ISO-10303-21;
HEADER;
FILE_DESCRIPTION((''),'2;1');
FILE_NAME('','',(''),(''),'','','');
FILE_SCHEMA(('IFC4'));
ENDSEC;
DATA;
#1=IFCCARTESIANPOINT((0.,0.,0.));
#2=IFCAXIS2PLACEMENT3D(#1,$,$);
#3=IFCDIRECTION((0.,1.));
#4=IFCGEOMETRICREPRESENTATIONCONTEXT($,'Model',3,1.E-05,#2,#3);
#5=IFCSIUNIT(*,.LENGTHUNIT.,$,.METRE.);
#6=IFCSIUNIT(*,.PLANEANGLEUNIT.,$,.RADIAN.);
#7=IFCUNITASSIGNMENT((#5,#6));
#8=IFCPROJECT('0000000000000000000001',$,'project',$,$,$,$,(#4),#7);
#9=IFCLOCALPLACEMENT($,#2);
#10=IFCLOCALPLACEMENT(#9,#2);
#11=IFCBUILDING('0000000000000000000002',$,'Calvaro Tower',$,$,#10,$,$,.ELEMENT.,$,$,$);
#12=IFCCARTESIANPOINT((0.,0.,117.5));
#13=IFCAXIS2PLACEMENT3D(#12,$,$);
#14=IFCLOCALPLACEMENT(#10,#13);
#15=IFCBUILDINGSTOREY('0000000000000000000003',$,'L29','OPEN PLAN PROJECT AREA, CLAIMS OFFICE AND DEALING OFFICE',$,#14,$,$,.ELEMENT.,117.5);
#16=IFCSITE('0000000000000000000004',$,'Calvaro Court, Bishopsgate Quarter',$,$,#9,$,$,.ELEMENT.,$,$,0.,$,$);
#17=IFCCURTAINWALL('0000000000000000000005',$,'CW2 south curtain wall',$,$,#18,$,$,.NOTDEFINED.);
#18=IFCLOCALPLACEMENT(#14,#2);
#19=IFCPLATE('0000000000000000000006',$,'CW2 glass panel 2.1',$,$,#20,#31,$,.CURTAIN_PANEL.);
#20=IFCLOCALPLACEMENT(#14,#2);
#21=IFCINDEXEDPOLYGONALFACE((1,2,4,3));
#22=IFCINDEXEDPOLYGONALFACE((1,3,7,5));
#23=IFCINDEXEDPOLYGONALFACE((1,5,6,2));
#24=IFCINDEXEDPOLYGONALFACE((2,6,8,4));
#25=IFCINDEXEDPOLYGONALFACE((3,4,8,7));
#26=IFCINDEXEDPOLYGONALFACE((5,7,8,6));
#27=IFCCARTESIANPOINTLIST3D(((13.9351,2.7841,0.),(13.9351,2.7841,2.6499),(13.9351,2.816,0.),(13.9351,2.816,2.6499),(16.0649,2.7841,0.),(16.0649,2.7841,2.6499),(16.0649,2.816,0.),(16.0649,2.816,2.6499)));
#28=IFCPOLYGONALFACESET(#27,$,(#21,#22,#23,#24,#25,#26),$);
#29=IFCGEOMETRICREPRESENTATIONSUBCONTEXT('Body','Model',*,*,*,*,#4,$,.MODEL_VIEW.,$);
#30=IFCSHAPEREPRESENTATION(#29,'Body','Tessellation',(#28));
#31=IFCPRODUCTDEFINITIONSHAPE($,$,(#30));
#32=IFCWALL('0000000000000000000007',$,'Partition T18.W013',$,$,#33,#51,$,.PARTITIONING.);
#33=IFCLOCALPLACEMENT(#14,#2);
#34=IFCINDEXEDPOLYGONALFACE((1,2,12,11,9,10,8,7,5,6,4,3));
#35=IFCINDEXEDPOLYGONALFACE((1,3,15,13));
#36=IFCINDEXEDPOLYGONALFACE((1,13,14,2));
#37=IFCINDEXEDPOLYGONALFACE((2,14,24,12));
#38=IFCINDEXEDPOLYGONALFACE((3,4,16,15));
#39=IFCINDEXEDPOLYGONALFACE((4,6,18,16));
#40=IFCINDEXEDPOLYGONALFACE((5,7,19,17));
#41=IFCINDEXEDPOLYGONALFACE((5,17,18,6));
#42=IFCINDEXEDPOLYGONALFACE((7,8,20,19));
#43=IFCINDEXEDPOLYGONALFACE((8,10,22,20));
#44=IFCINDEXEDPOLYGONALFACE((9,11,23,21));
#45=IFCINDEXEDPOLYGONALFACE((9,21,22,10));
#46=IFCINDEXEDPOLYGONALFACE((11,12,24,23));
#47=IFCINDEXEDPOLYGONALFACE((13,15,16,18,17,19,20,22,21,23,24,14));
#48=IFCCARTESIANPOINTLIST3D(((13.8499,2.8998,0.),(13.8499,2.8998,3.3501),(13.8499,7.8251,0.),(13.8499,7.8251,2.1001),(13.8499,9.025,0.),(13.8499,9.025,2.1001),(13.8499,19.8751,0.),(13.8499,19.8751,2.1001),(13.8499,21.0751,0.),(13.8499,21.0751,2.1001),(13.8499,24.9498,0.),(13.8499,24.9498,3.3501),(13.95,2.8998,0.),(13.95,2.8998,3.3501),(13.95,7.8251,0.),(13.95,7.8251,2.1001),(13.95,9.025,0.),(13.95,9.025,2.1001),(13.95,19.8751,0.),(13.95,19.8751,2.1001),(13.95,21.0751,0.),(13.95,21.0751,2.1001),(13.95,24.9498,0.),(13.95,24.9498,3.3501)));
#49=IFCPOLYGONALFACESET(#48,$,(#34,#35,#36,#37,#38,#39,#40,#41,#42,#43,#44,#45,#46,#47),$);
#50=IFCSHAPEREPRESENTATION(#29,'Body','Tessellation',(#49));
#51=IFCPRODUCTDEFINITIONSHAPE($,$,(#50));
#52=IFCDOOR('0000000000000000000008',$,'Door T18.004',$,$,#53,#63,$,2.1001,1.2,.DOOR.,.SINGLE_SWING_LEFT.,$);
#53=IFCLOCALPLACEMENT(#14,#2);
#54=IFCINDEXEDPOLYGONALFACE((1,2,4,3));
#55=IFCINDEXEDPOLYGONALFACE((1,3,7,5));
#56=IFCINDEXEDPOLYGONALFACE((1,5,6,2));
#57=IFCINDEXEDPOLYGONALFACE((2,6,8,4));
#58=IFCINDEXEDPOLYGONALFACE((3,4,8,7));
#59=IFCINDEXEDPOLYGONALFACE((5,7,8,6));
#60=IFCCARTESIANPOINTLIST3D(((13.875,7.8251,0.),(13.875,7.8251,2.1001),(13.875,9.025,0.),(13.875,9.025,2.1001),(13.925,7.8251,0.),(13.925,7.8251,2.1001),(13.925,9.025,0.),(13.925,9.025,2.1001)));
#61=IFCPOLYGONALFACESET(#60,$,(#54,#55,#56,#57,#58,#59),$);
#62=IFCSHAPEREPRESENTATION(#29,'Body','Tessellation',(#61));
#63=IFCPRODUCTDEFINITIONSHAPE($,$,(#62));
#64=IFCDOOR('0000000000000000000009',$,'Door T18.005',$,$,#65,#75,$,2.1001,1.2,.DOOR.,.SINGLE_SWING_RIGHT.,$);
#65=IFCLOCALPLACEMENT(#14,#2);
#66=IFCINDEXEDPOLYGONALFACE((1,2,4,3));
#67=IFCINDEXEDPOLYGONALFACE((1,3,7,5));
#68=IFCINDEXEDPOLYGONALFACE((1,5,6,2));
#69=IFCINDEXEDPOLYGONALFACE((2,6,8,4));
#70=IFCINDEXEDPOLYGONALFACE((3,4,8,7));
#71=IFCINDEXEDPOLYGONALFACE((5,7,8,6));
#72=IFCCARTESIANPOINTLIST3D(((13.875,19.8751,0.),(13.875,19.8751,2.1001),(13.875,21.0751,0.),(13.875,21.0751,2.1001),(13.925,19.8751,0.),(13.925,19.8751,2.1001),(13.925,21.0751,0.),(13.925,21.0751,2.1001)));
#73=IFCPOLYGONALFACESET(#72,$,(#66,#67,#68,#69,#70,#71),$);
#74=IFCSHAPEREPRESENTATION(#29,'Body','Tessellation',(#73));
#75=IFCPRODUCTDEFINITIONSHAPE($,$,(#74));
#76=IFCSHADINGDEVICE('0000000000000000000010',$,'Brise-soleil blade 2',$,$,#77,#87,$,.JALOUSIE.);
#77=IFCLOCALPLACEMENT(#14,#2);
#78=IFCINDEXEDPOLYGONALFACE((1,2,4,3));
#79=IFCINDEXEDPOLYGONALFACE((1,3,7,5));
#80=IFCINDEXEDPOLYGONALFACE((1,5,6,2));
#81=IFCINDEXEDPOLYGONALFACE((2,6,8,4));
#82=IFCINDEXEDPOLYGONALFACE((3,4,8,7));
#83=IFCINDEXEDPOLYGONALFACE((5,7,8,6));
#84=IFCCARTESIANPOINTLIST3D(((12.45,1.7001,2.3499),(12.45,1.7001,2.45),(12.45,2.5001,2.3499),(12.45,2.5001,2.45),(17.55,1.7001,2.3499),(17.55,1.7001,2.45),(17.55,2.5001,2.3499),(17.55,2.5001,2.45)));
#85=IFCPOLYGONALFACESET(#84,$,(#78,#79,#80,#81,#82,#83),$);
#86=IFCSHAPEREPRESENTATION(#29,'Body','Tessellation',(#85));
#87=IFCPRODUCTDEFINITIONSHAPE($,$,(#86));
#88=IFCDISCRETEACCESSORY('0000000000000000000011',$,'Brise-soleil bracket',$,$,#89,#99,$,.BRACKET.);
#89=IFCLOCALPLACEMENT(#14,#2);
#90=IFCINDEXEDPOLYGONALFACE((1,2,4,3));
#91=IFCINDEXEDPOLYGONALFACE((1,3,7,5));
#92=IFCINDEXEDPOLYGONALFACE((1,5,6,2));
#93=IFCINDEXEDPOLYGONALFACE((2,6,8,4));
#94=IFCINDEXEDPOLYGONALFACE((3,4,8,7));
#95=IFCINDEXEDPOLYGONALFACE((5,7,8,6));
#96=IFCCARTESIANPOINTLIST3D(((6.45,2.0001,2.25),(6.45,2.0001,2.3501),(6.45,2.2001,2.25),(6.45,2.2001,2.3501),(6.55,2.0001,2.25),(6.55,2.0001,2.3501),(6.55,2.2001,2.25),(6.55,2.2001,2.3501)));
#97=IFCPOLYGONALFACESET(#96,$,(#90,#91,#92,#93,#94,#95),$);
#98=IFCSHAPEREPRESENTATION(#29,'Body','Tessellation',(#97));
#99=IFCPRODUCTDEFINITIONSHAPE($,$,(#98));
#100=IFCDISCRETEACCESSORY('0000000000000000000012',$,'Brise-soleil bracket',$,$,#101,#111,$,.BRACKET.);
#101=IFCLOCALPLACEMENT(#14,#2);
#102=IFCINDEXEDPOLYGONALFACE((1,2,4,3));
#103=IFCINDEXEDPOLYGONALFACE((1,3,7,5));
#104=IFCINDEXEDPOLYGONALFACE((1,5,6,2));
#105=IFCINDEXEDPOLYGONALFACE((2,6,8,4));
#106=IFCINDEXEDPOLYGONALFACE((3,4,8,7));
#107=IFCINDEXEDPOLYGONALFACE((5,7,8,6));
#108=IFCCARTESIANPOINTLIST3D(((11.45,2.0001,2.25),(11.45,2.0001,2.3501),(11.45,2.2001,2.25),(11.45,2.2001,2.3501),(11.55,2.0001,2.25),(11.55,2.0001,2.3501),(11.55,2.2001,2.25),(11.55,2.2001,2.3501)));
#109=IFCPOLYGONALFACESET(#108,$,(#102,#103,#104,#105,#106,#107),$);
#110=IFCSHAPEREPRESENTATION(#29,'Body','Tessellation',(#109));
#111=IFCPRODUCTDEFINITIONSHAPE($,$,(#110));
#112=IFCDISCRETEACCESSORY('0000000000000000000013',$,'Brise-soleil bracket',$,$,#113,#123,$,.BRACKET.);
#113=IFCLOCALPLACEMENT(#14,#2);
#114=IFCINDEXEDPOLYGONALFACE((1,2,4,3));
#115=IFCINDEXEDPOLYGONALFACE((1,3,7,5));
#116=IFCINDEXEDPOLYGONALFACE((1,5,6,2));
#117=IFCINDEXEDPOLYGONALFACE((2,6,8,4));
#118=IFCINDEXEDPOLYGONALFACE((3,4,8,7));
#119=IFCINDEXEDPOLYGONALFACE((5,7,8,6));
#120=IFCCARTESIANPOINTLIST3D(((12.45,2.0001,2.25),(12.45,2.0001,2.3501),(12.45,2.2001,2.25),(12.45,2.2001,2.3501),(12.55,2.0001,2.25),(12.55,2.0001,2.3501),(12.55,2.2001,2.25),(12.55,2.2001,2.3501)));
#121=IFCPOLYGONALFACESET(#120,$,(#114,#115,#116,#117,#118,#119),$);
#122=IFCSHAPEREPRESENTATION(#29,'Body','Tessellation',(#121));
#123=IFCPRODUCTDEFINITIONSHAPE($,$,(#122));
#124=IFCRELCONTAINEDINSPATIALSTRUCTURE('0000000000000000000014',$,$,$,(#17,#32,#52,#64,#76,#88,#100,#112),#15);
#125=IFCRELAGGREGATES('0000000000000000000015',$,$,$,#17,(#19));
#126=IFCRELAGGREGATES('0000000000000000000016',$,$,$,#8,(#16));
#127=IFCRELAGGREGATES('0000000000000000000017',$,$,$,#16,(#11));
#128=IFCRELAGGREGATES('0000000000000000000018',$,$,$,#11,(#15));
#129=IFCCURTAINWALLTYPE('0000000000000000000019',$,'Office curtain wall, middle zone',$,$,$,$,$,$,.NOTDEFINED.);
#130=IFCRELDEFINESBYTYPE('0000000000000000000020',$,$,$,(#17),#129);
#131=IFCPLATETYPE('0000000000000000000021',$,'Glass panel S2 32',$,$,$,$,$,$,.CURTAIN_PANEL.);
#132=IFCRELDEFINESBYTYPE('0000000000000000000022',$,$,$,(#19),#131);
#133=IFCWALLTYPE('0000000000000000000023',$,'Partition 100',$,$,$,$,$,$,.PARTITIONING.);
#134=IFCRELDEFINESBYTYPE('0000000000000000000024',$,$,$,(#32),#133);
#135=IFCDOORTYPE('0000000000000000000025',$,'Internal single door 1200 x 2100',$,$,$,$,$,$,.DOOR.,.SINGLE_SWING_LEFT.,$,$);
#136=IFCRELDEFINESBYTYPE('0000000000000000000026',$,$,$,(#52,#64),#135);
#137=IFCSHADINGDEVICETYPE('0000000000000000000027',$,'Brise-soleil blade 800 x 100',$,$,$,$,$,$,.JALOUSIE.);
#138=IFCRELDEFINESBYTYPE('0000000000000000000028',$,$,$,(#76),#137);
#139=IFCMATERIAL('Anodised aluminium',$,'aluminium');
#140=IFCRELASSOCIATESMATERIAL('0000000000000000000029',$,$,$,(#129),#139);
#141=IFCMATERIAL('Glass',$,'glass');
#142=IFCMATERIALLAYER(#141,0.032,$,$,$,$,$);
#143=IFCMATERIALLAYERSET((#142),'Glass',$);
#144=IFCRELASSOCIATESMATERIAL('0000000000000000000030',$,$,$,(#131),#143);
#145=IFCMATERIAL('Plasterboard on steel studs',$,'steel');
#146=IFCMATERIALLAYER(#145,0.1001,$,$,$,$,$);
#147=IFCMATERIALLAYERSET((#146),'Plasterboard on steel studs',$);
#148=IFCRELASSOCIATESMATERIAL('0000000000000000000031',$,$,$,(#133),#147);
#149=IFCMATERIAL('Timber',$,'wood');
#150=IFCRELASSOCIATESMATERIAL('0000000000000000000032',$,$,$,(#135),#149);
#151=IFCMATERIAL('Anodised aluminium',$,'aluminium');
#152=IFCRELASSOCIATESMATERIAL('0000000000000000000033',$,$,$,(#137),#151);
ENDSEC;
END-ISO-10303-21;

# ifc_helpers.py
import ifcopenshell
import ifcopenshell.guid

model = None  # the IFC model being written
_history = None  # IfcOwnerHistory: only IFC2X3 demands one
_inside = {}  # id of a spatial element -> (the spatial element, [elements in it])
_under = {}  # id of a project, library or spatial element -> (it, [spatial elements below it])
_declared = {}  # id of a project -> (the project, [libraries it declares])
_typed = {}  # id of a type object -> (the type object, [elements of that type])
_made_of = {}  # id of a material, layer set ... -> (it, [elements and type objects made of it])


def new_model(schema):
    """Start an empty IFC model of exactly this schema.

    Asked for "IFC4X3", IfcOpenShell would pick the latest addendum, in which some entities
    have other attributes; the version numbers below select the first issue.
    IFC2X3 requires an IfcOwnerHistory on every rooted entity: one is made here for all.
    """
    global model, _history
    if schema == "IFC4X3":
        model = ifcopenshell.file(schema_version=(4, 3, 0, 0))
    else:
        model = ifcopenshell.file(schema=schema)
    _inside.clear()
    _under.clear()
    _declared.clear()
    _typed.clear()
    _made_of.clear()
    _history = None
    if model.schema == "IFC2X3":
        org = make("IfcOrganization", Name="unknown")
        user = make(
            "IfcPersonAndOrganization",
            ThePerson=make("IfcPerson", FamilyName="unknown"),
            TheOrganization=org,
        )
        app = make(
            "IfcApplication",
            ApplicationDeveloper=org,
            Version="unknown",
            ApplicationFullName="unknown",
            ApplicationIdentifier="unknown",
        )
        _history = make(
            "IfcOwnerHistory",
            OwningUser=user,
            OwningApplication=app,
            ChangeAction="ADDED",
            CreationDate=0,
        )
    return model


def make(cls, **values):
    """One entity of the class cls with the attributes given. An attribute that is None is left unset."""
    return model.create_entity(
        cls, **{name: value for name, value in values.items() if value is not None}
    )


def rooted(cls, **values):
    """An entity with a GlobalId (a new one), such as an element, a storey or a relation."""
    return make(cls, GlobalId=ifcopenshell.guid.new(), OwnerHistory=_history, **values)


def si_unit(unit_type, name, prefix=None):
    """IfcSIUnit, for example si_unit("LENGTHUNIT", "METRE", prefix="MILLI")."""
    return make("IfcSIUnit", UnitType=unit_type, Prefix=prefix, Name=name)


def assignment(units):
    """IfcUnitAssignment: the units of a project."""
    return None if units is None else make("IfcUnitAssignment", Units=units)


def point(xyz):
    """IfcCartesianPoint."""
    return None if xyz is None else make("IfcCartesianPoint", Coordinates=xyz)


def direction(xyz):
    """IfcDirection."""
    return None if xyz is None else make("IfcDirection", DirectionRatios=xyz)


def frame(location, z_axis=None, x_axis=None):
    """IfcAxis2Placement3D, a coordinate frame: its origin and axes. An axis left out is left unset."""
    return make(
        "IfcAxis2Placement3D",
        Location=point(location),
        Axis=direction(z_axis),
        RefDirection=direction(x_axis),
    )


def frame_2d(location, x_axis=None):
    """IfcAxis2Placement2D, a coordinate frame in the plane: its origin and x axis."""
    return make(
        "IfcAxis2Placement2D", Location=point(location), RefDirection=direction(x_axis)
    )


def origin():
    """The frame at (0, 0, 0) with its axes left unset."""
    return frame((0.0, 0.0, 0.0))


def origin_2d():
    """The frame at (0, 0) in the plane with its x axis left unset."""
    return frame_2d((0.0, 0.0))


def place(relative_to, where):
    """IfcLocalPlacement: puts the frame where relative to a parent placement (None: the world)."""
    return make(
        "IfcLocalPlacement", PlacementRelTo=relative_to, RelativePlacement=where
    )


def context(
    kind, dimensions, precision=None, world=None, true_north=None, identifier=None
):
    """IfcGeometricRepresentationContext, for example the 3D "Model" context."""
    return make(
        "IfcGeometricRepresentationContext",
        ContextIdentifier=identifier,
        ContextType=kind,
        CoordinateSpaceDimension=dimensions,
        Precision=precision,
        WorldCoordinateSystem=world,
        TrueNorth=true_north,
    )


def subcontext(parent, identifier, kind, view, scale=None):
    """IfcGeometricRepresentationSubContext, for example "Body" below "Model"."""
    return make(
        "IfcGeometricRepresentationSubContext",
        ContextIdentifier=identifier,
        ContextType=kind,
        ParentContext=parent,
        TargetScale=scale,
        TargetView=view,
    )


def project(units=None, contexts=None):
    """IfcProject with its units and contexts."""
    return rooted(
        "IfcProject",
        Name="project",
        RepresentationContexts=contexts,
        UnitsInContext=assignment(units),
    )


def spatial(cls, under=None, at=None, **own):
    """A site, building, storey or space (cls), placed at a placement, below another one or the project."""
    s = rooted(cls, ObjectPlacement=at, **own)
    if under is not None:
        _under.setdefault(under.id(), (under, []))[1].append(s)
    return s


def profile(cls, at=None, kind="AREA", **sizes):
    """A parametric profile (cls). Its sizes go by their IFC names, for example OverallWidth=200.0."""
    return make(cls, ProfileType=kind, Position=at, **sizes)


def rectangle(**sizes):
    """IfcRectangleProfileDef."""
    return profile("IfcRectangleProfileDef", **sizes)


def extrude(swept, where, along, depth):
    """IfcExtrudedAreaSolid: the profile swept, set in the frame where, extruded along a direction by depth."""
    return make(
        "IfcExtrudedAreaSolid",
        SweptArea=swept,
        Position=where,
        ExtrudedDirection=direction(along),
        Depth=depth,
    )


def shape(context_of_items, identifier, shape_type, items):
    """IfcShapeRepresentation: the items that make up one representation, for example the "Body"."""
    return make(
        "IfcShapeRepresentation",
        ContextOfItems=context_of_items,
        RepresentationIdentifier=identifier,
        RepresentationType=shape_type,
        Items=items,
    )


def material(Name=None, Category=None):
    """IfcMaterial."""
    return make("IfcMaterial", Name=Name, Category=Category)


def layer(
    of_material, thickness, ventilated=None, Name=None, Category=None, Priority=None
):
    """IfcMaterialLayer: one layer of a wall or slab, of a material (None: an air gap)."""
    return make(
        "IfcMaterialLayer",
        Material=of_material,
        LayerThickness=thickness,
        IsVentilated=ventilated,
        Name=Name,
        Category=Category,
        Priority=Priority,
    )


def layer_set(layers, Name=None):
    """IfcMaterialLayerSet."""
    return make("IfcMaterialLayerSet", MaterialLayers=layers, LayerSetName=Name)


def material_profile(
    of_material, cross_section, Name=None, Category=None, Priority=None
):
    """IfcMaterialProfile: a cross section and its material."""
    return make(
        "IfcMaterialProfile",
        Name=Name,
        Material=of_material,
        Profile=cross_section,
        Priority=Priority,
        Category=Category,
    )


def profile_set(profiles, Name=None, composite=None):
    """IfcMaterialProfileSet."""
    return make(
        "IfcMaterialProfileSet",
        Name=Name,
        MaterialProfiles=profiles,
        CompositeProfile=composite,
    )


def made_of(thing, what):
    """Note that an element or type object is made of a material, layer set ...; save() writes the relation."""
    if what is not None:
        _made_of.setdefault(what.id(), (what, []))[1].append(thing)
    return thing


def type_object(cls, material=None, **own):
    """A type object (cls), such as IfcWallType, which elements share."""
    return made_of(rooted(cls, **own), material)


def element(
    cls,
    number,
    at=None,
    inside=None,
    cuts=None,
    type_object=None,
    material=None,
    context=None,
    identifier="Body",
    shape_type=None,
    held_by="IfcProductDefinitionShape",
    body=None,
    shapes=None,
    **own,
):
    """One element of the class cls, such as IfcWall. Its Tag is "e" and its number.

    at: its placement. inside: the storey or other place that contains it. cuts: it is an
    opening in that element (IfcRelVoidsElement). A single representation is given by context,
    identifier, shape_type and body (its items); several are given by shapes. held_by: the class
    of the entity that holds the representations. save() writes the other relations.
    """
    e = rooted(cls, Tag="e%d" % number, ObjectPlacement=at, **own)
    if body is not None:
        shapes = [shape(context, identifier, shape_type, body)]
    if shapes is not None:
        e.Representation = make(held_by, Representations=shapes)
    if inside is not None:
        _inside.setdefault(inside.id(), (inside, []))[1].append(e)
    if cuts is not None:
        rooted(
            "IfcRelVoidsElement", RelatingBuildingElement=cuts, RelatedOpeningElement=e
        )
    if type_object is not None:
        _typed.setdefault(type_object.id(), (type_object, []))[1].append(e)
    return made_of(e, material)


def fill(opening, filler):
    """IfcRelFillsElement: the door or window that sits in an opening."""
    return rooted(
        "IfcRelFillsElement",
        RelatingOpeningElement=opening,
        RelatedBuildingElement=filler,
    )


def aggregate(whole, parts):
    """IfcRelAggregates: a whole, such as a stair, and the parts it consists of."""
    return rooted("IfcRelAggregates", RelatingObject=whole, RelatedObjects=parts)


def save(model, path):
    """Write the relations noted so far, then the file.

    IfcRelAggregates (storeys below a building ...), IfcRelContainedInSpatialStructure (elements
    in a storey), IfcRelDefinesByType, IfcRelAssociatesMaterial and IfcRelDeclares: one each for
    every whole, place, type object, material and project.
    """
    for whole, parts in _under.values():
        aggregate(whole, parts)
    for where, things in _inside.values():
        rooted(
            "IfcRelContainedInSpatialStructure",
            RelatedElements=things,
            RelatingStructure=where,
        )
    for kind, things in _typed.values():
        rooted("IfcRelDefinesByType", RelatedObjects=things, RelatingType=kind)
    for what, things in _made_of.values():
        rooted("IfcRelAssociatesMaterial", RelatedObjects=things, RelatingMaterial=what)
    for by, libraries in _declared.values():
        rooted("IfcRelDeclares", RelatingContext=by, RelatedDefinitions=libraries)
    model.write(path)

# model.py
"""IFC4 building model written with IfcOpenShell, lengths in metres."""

from ifc_helpers import new_model, si_unit, direction, frame, frame_2d, origin, origin_2d, place, context, subcontext, project, spatial, rectangle, extrude, material, layer, layer_set, material_profile, profile_set, type_object, element, fill, aggregate, save


model = new_model("IFC4")

# Units and contexts
model_context = context("Model", 3, precision=1e-05, world=origin(), true_north=direction((0.0, 1.0)))
body_context = subcontext(model_context, "Body", "Model", "MODEL_VIEW")
ifc_project = project(units=[si_unit("LENGTHUNIT", "METRE"), si_unit("PLANEANGLEUNIT", "RADIAN")], contexts=[model_context])

# Site, building, storey
site_placement = place(None, origin())
site = spatial("IfcSite", under=ifc_project, at=site_placement, Name="Calvaro Court, Bishopsgate Quarter", CompositionType="ELEMENT", RefElevation=0.0)
building_placement = place(site_placement, origin())
building = spatial("IfcBuilding", under=site, at=building_placement, Name="Calvaro Tower", CompositionType="ELEMENT")
storey_placement = place(building_placement, frame((0.0, 0.0, 117.5)))
storey = spatial("IfcBuildingStorey", under=building, at=storey_placement, Name="L29", Description="OPEN PLAN PROJECT AREA, CLAIMS OFFICE AND DEALING OFFICE", CompositionType="ELEMENT", Elevation=117.5)

# Curtain wall
ifc_material_1 = material(Name="Anodised aluminium", Category="aluminium")
curtain_wall_type = type_object("IfcCurtainWallType", Name="Office curtain wall, middle zone", PredefinedType="NOTDEFINED", material=ifc_material_1)
curtain_wall_1_placement = place(storey_placement, origin())
curtain_wall_1 = element("IfcCurtainWall", 1, at=curtain_wall_1_placement, inside=storey, type_object=curtain_wall_type, Name="CW2 south curtain wall", PredefinedType="NOTDEFINED")

# Plate
ifc_material_2 = material(Name="Glass", Category="glass")
ifc_layer_1 = layer(ifc_material_2, 0.032)
ifc_layer_set_1 = layer_set([ifc_layer_1], Name="Glass")
plate_type = type_object("IfcPlateType", Name="Glass panel S2 32", PredefinedType="CURTAIN_PANEL", material=ifc_layer_set_1)
plate_1_placement = place(storey_placement, frame((15.0, 2.8, 0.0), z_axis=(0.0, 0.0, 1.0), x_axis=(1.0, 0.0, 0.0)))
plate_1 = element("IfcPlate", 2, at=plate_1_placement, type_object=plate_type, Name="CW2 glass panel 2.1", PredefinedType="CURTAIN_PANEL", context=body_context, shape_type="SweptSolid", body=[
    extrude(rectangle(XDim=2.1299, YDim=0.032, at=origin_2d()), origin(), (0.0, 0.0, 1.0), 2.6499),
])
aggregate(curtain_wall_1, [plate_1])

# Wall, openings, doors
ifc_material_3 = material(Name="Plasterboard on steel studs", Category="steel")
ifc_layer_2 = layer(ifc_material_3, 0.1001)
ifc_layer_set_2 = layer_set([ifc_layer_2], Name="Plasterboard on steel studs")
wall_type = type_object("IfcWallType", Name="Partition 100", PredefinedType="PARTITIONING", material=ifc_layer_set_2)
wall_placement = place(storey_placement, frame((13.8999, 2.8999, 0.0), z_axis=(0.0, 0.0, 1.0), x_axis=(0.0, 1.0, 0.0)))
wall = element("IfcWall", 3, at=wall_placement, inside=storey, type_object=wall_type, Name="Partition T18.W013", PredefinedType="PARTITIONING", context=body_context, shape_type="SweptSolid", body=[
    extrude(rectangle(XDim=22.05, YDim=0.1001, at=frame_2d((11.0249, 0.0))), origin(), (0.0, 0.0, 1.0), 3.3501),
])
opening_1_placement = place(wall_placement, frame((4.925, 0.0, 0.0)))
opening_1 = element("IfcOpeningElement", 4, at=opening_1_placement, cuts=wall, PredefinedType="OPENING", context=body_context, shape_type="SweptSolid", body=[
    extrude(rectangle(XDim=1.2, YDim=2.1001, at=frame_2d((0.6001, 1.05))), frame((0.0, 0.0601, 0.0), z_axis=(0.0, -1.0, 0.0), x_axis=(1.0, 0.0, 0.0)), (0.0, 0.0, 1.0), 0.1201),
])
opening_2_placement = place(wall_placement, frame((16.9751, 0.0, 0.0)))
opening_2 = element("IfcOpeningElement", 5, at=opening_2_placement, cuts=wall, PredefinedType="OPENING", context=body_context, shape_type="SweptSolid", body=[
    extrude(rectangle(XDim=1.2, YDim=2.1001, at=frame_2d((0.6001, 1.05))), frame((0.0, 0.0601, 0.0), z_axis=(0.0, -1.0, 0.0), x_axis=(1.0, 0.0, 0.0)), (0.0, 0.0, 1.0), 0.1201),
])
ifc_material_4 = material(Name="Timber", Category="wood")
door_type = type_object("IfcDoorType", Name="Internal single door 1200 x 2100", OperationType="SINGLE_SWING_LEFT", PredefinedType="DOOR", material=ifc_material_4)
door_1_placement = place(opening_1_placement, origin())
door_1 = element("IfcDoor", 6, at=door_1_placement, inside=storey, type_object=door_type, Name="Door T18.004", OperationType="SINGLE_SWING_LEFT", OverallHeight=2.1001, OverallWidth=1.2, PredefinedType="DOOR", context=body_context, shape_type="SweptSolid", body=[
    extrude(rectangle(XDim=1.2, YDim=2.1001, at=frame_2d((0.6001, 1.05))), frame((0.0, 0.0249, 0.0), z_axis=(0.0, -1.0, 0.0), x_axis=(1.0, 0.0, 0.0)), (0.0, 0.0, 1.0), 0.05),
])
fill(opening_1, door_1)
door_2_placement = place(opening_2_placement, origin())
door_2 = element("IfcDoor", 7, at=door_2_placement, inside=storey, type_object=door_type, Name="Door T18.005", OperationType="SINGLE_SWING_RIGHT", OverallHeight=2.1001, OverallWidth=1.2, PredefinedType="DOOR", context=body_context, shape_type="SweptSolid", body=[
    extrude(rectangle(XDim=1.2, YDim=2.1001, at=frame_2d((0.6001, 1.05))), frame((0.0, 0.0249, 0.0), z_axis=(0.0, -1.0, 0.0), x_axis=(1.0, 0.0, 0.0)), (0.0, 0.0, 1.0), 0.05),
])
fill(opening_2, door_2)

# Shading device
ifc_material_5 = material(Name="Anodised aluminium", Category="aluminium")
ifc_material_profile_1 = material_profile(ifc_material_5, rectangle(XDim=0.8, YDim=0.1001, at=origin_2d()), Name="Brise-soleil blade 800 x 100")
ifc_profile_set_1 = profile_set([ifc_material_profile_1], Name="Anodised aluminium")
shading_device_type = type_object("IfcShadingDeviceType", Name="Brise-soleil blade 800 x 100", PredefinedType="JALOUSIE", material=ifc_profile_set_1)
shading_device_placement = place(storey_placement, frame((12.45, 2.1001, 2.3999), z_axis=(1.0, 0.0, 0.0), x_axis=(0.0, 1.0, 0.0)))
element("IfcShadingDevice", 8, at=shading_device_placement, inside=storey, type_object=shading_device_type, Name="Brise-soleil blade 2", PredefinedType="JALOUSIE", context=body_context, shape_type="SweptSolid", body=[
    extrude(rectangle(XDim=0.8, YDim=0.1001, at=origin_2d()), origin(), (0.0, 0.0, 1.0), 5.1001),
])

# Discrete accessories
for number, where, z_axis, x_axis, name in (
    (9, (6.5, 2.1001, 2.25), (0.0, 0.0, 1.0), (1.0, 0.0, 0.0), "Brise-soleil bracket"),
    (10, (11.5, 2.1001, 2.25), (0.0, 0.0, 1.0), (1.0, 0.0, 0.0), "Brise-soleil bracket"),
    (11, (12.5, 2.1001, 2.25), (0.0, 0.0, 1.0), (1.0, 0.0, 0.0), "Brise-soleil bracket"),
):
    element("IfcDiscreteAccessory", number, at=place(storey_placement, frame(where, z_axis=z_axis, x_axis=x_axis)), inside=storey, Name=name, PredefinedType="BRACKET", context=body_context, shape_type="SweptSolid", body=[
        extrude(rectangle(XDim=0.1001, YDim=0.2, at=origin_2d()), origin(), (0.0, 0.0, 1.0), 0.1001),
    ])

save(model, "model.ifc")
